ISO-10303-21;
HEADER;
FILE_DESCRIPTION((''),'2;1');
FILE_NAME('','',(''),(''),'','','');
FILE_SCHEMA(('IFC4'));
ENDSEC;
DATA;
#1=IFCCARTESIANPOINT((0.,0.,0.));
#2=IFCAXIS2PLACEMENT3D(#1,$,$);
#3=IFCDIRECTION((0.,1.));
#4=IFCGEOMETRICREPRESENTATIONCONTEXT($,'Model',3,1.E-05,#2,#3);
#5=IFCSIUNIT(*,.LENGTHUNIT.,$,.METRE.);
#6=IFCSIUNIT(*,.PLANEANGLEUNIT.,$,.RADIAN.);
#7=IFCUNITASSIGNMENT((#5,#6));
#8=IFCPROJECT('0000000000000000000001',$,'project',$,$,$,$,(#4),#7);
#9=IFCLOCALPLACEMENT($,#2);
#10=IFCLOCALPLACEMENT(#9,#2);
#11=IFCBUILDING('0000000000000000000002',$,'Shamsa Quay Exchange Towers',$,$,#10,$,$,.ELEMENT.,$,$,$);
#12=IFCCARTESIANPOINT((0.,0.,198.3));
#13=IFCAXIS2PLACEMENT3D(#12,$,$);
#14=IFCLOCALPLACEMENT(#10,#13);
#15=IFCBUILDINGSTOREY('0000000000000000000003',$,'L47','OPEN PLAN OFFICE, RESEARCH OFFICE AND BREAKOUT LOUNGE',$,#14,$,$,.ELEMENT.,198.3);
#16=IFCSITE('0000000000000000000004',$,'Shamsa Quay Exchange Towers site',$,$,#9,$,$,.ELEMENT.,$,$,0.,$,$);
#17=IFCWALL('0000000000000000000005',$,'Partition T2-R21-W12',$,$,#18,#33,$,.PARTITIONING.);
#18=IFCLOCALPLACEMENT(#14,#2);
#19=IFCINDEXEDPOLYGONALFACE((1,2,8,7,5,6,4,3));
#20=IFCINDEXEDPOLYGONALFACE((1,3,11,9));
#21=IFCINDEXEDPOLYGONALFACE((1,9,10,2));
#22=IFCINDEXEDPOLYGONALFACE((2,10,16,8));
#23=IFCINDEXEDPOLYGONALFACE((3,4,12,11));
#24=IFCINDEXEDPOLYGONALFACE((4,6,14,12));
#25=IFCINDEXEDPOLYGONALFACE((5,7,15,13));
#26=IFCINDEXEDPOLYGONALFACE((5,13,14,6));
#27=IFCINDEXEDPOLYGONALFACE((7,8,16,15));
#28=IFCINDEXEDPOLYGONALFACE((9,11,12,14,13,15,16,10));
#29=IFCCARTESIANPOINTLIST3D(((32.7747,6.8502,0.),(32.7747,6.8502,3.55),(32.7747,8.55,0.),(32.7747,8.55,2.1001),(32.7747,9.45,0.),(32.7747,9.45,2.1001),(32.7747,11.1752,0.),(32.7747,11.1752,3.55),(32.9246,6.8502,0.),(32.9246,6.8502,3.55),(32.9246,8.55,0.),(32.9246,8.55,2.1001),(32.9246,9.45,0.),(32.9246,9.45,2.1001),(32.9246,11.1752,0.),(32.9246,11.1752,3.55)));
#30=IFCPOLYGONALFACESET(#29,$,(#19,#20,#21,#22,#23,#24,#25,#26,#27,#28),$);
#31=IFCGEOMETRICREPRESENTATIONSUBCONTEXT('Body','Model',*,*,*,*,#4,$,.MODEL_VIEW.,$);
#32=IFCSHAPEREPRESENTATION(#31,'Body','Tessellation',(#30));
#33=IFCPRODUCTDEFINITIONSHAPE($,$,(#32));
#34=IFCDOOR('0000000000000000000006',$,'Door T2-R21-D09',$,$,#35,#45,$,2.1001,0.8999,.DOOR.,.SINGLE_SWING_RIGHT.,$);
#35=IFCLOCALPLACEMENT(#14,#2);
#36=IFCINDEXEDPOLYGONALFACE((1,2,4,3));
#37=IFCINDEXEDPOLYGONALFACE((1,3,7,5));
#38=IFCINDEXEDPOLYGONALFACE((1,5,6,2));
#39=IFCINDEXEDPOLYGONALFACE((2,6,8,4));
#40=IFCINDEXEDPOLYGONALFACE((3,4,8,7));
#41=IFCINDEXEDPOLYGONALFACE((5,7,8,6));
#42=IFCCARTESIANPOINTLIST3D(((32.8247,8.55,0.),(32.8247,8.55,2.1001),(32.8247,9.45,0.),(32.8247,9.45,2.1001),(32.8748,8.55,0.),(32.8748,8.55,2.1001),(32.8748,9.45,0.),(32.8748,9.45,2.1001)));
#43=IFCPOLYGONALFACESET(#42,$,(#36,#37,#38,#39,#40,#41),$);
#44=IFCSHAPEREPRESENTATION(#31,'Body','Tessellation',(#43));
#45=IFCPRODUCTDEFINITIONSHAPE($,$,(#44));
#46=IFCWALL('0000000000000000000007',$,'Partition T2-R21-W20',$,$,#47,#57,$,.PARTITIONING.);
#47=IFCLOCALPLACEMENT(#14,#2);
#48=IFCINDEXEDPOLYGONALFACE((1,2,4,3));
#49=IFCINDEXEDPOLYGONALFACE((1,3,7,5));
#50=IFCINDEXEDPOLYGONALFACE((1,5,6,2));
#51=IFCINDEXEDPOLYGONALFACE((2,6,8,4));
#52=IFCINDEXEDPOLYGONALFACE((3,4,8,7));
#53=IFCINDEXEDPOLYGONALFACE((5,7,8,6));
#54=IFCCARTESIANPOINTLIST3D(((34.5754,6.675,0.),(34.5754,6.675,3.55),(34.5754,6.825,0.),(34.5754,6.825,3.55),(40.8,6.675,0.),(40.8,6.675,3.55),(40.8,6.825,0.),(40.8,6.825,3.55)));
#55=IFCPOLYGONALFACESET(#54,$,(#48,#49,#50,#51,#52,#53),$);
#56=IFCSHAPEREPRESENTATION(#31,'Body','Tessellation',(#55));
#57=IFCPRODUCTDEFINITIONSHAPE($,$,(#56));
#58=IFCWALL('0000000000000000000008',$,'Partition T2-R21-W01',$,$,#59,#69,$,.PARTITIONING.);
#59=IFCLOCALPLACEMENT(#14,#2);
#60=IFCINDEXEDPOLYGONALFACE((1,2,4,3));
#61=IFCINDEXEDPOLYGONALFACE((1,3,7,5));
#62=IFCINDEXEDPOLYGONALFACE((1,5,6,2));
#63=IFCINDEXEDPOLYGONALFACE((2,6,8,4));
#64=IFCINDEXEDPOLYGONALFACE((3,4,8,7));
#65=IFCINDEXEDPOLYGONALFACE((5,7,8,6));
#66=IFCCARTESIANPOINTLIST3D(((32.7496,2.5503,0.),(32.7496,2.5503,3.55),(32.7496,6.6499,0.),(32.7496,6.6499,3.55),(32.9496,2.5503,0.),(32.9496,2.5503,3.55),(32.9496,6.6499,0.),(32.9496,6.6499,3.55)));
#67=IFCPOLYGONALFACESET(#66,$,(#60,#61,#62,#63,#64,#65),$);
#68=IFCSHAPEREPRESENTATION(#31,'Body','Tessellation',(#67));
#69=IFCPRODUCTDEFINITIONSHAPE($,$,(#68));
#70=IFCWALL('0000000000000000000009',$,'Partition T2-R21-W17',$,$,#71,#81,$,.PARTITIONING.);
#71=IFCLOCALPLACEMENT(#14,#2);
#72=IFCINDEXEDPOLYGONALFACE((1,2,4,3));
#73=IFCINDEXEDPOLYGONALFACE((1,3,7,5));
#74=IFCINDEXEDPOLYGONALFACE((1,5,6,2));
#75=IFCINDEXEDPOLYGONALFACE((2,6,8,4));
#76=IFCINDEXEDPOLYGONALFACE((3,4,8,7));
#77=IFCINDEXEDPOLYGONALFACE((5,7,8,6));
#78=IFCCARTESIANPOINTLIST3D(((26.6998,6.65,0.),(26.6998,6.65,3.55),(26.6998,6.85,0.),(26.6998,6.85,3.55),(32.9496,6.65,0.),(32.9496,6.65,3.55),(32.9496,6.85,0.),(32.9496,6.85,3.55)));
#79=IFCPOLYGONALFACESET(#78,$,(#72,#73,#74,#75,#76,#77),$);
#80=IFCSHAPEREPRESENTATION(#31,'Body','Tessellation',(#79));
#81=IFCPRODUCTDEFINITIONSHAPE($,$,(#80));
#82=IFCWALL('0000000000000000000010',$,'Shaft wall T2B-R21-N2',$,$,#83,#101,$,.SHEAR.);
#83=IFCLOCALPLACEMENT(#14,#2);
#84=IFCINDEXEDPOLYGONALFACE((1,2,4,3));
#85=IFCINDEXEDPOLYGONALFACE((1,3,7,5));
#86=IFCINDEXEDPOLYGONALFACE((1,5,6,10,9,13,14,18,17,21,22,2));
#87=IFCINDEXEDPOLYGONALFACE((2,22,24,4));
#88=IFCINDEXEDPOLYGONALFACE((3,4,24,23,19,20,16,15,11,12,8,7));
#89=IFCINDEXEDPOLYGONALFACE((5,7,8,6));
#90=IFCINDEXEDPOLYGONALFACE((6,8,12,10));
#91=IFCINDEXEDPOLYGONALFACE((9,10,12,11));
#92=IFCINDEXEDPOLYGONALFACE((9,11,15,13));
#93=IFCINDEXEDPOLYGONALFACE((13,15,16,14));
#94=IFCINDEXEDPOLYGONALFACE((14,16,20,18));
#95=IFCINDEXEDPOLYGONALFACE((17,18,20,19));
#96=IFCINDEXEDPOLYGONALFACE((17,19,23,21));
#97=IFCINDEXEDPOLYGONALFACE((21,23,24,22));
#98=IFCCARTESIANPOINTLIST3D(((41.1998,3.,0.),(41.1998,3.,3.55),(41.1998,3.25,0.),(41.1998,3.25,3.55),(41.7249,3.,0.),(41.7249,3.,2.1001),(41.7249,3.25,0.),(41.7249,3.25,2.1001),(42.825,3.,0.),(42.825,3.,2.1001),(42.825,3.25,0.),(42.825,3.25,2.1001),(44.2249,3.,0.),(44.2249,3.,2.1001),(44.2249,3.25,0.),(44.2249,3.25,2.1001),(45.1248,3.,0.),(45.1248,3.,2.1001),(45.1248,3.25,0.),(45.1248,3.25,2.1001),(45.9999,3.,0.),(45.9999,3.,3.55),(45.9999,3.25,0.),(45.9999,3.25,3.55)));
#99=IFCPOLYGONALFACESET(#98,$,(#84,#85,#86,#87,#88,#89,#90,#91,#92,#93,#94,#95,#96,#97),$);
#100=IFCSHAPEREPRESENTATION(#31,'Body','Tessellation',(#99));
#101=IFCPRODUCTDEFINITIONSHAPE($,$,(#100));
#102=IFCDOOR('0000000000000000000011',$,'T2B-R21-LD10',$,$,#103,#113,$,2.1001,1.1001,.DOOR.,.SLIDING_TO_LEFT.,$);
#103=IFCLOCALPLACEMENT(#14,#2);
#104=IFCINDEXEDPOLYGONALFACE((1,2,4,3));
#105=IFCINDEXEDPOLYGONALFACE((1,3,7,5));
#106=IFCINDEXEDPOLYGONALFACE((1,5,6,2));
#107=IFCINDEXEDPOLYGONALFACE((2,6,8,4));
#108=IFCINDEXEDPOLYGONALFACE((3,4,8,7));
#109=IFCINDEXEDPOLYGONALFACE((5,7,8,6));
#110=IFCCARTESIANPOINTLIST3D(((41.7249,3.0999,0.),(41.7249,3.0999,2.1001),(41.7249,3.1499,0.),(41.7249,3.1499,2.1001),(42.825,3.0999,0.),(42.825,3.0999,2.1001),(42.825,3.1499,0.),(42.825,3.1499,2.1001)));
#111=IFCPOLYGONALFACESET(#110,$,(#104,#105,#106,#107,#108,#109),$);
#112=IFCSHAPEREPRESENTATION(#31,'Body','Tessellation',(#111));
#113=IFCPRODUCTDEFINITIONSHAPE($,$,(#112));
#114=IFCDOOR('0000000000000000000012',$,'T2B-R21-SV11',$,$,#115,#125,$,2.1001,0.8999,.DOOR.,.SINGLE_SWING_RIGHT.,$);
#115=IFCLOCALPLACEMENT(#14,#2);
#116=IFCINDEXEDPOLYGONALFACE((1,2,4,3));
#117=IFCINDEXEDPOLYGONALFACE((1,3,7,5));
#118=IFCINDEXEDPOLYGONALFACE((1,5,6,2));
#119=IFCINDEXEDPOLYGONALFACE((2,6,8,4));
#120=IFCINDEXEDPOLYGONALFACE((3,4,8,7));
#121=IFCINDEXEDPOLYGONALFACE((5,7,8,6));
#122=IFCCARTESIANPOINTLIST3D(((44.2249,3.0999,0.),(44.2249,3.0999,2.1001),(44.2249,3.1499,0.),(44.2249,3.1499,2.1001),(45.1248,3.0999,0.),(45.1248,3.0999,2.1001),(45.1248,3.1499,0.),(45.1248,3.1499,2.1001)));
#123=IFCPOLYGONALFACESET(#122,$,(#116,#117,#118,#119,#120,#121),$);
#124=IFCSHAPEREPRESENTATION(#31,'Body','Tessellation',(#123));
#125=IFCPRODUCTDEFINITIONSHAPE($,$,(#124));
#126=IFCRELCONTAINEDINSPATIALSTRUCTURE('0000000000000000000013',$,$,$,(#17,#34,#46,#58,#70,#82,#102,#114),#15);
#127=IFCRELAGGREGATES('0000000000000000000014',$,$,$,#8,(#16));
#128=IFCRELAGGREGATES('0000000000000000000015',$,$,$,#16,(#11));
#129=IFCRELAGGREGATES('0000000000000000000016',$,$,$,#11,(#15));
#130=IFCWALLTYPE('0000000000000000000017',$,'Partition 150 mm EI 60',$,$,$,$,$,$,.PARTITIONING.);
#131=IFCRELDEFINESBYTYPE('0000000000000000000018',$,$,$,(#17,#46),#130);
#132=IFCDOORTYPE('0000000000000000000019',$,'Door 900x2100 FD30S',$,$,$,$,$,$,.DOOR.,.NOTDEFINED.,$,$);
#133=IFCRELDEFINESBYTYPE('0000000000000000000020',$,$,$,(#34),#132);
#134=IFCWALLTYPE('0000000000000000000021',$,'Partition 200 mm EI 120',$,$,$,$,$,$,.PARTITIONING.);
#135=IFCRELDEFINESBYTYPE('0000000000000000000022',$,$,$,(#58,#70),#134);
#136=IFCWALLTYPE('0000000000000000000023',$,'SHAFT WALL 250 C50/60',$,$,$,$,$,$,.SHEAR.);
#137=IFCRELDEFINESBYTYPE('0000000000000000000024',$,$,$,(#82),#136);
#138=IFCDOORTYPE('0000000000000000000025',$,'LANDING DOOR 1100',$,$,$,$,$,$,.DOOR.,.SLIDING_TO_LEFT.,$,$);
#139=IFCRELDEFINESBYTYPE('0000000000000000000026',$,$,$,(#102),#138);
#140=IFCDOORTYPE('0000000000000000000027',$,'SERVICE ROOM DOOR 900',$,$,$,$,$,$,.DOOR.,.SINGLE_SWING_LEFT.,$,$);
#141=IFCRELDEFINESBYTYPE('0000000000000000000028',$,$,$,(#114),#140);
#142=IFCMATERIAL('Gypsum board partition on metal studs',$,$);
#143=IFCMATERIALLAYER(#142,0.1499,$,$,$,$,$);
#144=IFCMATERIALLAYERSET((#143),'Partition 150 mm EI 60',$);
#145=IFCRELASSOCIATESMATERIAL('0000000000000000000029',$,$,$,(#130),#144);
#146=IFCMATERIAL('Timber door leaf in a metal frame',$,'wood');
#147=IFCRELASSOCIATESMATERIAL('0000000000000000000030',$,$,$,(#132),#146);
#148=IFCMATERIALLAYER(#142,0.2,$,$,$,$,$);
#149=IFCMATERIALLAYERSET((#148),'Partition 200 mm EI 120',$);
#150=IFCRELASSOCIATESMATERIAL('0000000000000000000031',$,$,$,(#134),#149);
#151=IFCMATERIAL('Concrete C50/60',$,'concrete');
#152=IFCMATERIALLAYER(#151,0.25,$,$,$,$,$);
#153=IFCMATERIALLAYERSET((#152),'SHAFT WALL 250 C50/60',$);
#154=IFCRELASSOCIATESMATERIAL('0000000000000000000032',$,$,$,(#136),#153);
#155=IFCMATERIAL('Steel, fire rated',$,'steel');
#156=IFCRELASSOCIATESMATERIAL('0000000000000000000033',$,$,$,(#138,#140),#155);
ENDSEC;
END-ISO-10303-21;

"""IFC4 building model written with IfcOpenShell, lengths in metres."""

from ifc_helpers import new_model, si_unit, direction, frame, frame_2d, origin, place, context, subcontext, project, spatial, rectangle, extrude, material, layer, layer_set, type_object, element, fill, save


model = new_model("IFC4")

# Units and contexts
model_context = context("Model", 3, precision=1e-05, world=origin(), true_north=direction((0.0, 1.0)))
body_context = subcontext(model_context, "Body", "Model", "MODEL_VIEW")
ifc_project = project(units=[si_unit("LENGTHUNIT", "METRE"), si_unit("PLANEANGLEUNIT", "RADIAN")], contexts=[model_context])

# Site, building, storey
site_placement = place(None, origin())
site = spatial("IfcSite", under=ifc_project, at=site_placement, Name="Shamsa Quay Exchange Towers site", CompositionType="ELEMENT", RefElevation=0.0)
building_placement = place(site_placement, origin())
building = spatial("IfcBuilding", under=site, at=building_placement, Name="Shamsa Quay Exchange Towers", CompositionType="ELEMENT")
storey_placement = place(building_placement, frame((0.0, 0.0, 198.3)))
storey = spatial("IfcBuildingStorey", under=building, at=storey_placement, Name="L47", Description="OPEN PLAN OFFICE, RESEARCH OFFICE AND BREAKOUT LOUNGE", CompositionType="ELEMENT", Elevation=198.3)

# Shared definitions
ifc_material_1 = material(Name="Timber door leaf in a metal frame", Category="wood")

# Shared definitions
ifc_material_2 = material(Name="Gypsum board partition on metal studs")

# Shared definitions
ifc_layer_1 = layer(ifc_material_2, 0.1499)
ifc_layer_set_1 = layer_set([ifc_layer_1], Name="Partition 150 mm EI 60")
wall_type_1 = type_object("IfcWallType", Name="Partition 150 mm EI 60", PredefinedType="PARTITIONING", material=ifc_layer_set_1)

# Wall, opening, door
wall_1_placement = place(storey_placement, frame((32.8496, 6.8501, 0.0), z_axis=(0.0, 0.0, 1.0), x_axis=(0.0, 1.0, 0.0)))
wall_1 = element("IfcWall", 1, at=wall_1_placement, inside=storey, type_object=wall_type_1, Name="Partition T2-R21-W12", PredefinedType="PARTITIONING", context=body_context, shape_type="SweptSolid", body=[
    extrude(rectangle(XDim=4.325, YDim=0.1499, at=frame_2d((2.1626, 0.0))), origin(), (0.0, 0.0, 1.0), 3.55),
])
opening_1_placement = place(wall_1_placement, frame((1.7, 0.0, 0.0)))
opening_1 = element("IfcOpeningElement", 2, at=opening_1_placement, cuts=wall_1, PredefinedType="OPENING", context=body_context, shape_type="SweptSolid", body=[
    extrude(rectangle(XDim=0.8999, YDim=2.1001, at=frame_2d((0.45, 1.05))), frame((0.0, 0.085, 0.0), z_axis=(0.0, -1.0, 0.0), x_axis=(1.0, 0.0, 0.0)), (0.0, 0.0, 1.0), 0.1699),
])
door_type_1 = type_object("IfcDoorType", Name="Door 900x2100 FD30S", OperationType="NOTDEFINED", PredefinedType="DOOR", material=ifc_material_1)
door_1_placement = place(opening_1_placement, origin())
door_1 = element("IfcDoor", 3, at=door_1_placement, inside=storey, type_object=door_type_1, Name="Door T2-R21-D09", OperationType="SINGLE_SWING_RIGHT", OverallHeight=2.1001, OverallWidth=0.8999, PredefinedType="DOOR", context=body_context, shape_type="SweptSolid", body=[
    extrude(rectangle(XDim=0.8999, YDim=2.1001, at=frame_2d((0.45, 1.05))), frame((0.0, 0.0249, 0.0), z_axis=(0.0, -1.0, 0.0), x_axis=(1.0, 0.0, 0.0)), (0.0, 0.0, 1.0), 0.05),
])
fill(opening_1, door_1)

# Walls
wall_2_placement = place(storey_placement, frame((40.8, 6.75, 0.0), z_axis=(0.0, 0.0, 1.0), x_axis=(-1.0, 0.0, 0.0)))
element("IfcWall", 4, at=wall_2_placement, inside=storey, type_object=wall_type_1, Name="Partition T2-R21-W20", PredefinedType="PARTITIONING", context=body_context, shape_type="SweptSolid", body=[
    extrude(rectangle(XDim=6.2246, YDim=0.1499, at=frame_2d((3.1123, 0.0))), origin(), (0.0, 0.0, 1.0), 3.55),
])
ifc_layer_2 = layer(ifc_material_2, 0.2)
ifc_layer_set_2 = layer_set([ifc_layer_2], Name="Partition 200 mm EI 120")
wall_type_2 = type_object("IfcWallType", Name="Partition 200 mm EI 120", PredefinedType="PARTITIONING", material=ifc_layer_set_2)
wall_3_placement = place(storey_placement, frame((32.8496, 2.5503, 0.0), z_axis=(0.0, 0.0, 1.0), x_axis=(0.0, 1.0, 0.0)))
element("IfcWall", 5, at=wall_3_placement, inside=storey, type_object=wall_type_2, Name="Partition T2-R21-W01", PredefinedType="PARTITIONING", context=body_context, shape_type="SweptSolid", body=[
    extrude(rectangle(XDim=4.0996, YDim=0.2, at=frame_2d((2.0498, 0.0))), origin(), (0.0, 0.0, 1.0), 3.55),
])
wall_4_placement = place(storey_placement, frame((32.9497, 6.75, 0.0), z_axis=(0.0, 0.0, 1.0), x_axis=(-1.0, 0.0, 0.0)))
element("IfcWall", 6, at=wall_4_placement, inside=storey, type_object=wall_type_2, Name="Partition T2-R21-W17", PredefinedType="PARTITIONING", context=body_context, shape_type="SweptSolid", body=[
    extrude(rectangle(XDim=6.2498, YDim=0.2, at=frame_2d((3.125, 0.0))), origin(), (0.0, 0.0, 1.0), 3.55),
])

# Wall, openings, doors
ifc_material_3 = material(Name="Concrete C50/60", Category="concrete")
ifc_layer_3 = layer(ifc_material_3, 0.25)
ifc_layer_set_3 = layer_set([ifc_layer_3], Name="SHAFT WALL 250 C50/60")
wall_type_3 = type_object("IfcWallType", Name="SHAFT WALL 250 C50/60", PredefinedType="SHEAR", material=ifc_layer_set_3)
wall_5_placement = place(storey_placement, frame((41.2, 3.125, 0.0)))
wall_5 = element("IfcWall", 7, at=wall_5_placement, inside=storey, type_object=wall_type_3, Name="Shaft wall T2B-R21-N2", PredefinedType="SHEAR", context=body_context, shape_type="SweptSolid", body=[
    extrude(rectangle(XDim=4.8, YDim=0.25, at=frame_2d((2.3999, 0.0))), origin(), (0.0, 0.0, 1.0), 3.55),
])
opening_2_placement = place(wall_5_placement, frame((0.5249, 0.0, 0.0)))
opening_2 = element("IfcOpeningElement", 8, at=opening_2_placement, cuts=wall_5, PredefinedType="OPENING", context=body_context, shape_type="SweptSolid", body=[
    extrude(rectangle(XDim=1.1001, YDim=2.1001, at=frame_2d((0.55, 1.05))), frame((0.0, 0.135, 0.0), z_axis=(0.0, -1.0, 0.0), x_axis=(1.0, 0.0, 0.0)), (0.0, 0.0, 1.0), 0.27),
])
opening_3_placement = place(wall_5_placement, frame((3.0249, 0.0, 0.0)))
opening_3 = element("IfcOpeningElement", 9, at=opening_3_placement, cuts=wall_5, PredefinedType="OPENING", context=body_context, shape_type="SweptSolid", body=[
    extrude(rectangle(XDim=0.8999, YDim=2.1001, at=frame_2d((0.45, 1.05))), frame((0.0, 0.135, 0.0), z_axis=(0.0, -1.0, 0.0), x_axis=(1.0, 0.0, 0.0)), (0.0, 0.0, 1.0), 0.27),
])
ifc_material_4 = material(Name="Steel, fire rated", Category="steel")
door_type_2 = type_object("IfcDoorType", Name="LANDING DOOR 1100", OperationType="SLIDING_TO_LEFT", PredefinedType="DOOR", material=ifc_material_4)
door_2_placement = place(opening_2_placement, origin())
door_2 = element("IfcDoor", 10, at=door_2_placement, inside=storey, type_object=door_type_2, Name="T2B-R21-LD10", OperationType="SLIDING_TO_LEFT", OverallHeight=2.1001, OverallWidth=1.1001, PredefinedType="DOOR", context=body_context, shape_type="SweptSolid", body=[
    extrude(rectangle(XDim=1.1001, YDim=2.1001, at=frame_2d((0.55, 1.05))), frame((0.0, 0.0249, 0.0), z_axis=(0.0, -1.0, 0.0), x_axis=(1.0, 0.0, 0.0)), (0.0, 0.0, 1.0), 0.05),
])
fill(opening_2, door_2)
door_type_3 = type_object("IfcDoorType", Name="SERVICE ROOM DOOR 900", OperationType="SINGLE_SWING_LEFT", PredefinedType="DOOR", material=ifc_material_4)
door_3_placement = place(opening_3_placement, origin())
door_3 = element("IfcDoor", 11, at=door_3_placement, inside=storey, type_object=door_type_3, Name="T2B-R21-SV11", OperationType="SINGLE_SWING_RIGHT", OverallHeight=2.1001, OverallWidth=0.8999, PredefinedType="DOOR", context=body_context, shape_type="SweptSolid", body=[
    extrude(rectangle(XDim=0.8999, YDim=2.1001, at=frame_2d((0.45, 1.05))), frame((0.0, 0.0249, 0.0), z_axis=(0.0, -1.0, 0.0), x_axis=(1.0, 0.0, 0.0)), (0.0, 0.0, 1.0), 0.05),
])
fill(opening_3, door_3)

save(model, "model.ifc")
